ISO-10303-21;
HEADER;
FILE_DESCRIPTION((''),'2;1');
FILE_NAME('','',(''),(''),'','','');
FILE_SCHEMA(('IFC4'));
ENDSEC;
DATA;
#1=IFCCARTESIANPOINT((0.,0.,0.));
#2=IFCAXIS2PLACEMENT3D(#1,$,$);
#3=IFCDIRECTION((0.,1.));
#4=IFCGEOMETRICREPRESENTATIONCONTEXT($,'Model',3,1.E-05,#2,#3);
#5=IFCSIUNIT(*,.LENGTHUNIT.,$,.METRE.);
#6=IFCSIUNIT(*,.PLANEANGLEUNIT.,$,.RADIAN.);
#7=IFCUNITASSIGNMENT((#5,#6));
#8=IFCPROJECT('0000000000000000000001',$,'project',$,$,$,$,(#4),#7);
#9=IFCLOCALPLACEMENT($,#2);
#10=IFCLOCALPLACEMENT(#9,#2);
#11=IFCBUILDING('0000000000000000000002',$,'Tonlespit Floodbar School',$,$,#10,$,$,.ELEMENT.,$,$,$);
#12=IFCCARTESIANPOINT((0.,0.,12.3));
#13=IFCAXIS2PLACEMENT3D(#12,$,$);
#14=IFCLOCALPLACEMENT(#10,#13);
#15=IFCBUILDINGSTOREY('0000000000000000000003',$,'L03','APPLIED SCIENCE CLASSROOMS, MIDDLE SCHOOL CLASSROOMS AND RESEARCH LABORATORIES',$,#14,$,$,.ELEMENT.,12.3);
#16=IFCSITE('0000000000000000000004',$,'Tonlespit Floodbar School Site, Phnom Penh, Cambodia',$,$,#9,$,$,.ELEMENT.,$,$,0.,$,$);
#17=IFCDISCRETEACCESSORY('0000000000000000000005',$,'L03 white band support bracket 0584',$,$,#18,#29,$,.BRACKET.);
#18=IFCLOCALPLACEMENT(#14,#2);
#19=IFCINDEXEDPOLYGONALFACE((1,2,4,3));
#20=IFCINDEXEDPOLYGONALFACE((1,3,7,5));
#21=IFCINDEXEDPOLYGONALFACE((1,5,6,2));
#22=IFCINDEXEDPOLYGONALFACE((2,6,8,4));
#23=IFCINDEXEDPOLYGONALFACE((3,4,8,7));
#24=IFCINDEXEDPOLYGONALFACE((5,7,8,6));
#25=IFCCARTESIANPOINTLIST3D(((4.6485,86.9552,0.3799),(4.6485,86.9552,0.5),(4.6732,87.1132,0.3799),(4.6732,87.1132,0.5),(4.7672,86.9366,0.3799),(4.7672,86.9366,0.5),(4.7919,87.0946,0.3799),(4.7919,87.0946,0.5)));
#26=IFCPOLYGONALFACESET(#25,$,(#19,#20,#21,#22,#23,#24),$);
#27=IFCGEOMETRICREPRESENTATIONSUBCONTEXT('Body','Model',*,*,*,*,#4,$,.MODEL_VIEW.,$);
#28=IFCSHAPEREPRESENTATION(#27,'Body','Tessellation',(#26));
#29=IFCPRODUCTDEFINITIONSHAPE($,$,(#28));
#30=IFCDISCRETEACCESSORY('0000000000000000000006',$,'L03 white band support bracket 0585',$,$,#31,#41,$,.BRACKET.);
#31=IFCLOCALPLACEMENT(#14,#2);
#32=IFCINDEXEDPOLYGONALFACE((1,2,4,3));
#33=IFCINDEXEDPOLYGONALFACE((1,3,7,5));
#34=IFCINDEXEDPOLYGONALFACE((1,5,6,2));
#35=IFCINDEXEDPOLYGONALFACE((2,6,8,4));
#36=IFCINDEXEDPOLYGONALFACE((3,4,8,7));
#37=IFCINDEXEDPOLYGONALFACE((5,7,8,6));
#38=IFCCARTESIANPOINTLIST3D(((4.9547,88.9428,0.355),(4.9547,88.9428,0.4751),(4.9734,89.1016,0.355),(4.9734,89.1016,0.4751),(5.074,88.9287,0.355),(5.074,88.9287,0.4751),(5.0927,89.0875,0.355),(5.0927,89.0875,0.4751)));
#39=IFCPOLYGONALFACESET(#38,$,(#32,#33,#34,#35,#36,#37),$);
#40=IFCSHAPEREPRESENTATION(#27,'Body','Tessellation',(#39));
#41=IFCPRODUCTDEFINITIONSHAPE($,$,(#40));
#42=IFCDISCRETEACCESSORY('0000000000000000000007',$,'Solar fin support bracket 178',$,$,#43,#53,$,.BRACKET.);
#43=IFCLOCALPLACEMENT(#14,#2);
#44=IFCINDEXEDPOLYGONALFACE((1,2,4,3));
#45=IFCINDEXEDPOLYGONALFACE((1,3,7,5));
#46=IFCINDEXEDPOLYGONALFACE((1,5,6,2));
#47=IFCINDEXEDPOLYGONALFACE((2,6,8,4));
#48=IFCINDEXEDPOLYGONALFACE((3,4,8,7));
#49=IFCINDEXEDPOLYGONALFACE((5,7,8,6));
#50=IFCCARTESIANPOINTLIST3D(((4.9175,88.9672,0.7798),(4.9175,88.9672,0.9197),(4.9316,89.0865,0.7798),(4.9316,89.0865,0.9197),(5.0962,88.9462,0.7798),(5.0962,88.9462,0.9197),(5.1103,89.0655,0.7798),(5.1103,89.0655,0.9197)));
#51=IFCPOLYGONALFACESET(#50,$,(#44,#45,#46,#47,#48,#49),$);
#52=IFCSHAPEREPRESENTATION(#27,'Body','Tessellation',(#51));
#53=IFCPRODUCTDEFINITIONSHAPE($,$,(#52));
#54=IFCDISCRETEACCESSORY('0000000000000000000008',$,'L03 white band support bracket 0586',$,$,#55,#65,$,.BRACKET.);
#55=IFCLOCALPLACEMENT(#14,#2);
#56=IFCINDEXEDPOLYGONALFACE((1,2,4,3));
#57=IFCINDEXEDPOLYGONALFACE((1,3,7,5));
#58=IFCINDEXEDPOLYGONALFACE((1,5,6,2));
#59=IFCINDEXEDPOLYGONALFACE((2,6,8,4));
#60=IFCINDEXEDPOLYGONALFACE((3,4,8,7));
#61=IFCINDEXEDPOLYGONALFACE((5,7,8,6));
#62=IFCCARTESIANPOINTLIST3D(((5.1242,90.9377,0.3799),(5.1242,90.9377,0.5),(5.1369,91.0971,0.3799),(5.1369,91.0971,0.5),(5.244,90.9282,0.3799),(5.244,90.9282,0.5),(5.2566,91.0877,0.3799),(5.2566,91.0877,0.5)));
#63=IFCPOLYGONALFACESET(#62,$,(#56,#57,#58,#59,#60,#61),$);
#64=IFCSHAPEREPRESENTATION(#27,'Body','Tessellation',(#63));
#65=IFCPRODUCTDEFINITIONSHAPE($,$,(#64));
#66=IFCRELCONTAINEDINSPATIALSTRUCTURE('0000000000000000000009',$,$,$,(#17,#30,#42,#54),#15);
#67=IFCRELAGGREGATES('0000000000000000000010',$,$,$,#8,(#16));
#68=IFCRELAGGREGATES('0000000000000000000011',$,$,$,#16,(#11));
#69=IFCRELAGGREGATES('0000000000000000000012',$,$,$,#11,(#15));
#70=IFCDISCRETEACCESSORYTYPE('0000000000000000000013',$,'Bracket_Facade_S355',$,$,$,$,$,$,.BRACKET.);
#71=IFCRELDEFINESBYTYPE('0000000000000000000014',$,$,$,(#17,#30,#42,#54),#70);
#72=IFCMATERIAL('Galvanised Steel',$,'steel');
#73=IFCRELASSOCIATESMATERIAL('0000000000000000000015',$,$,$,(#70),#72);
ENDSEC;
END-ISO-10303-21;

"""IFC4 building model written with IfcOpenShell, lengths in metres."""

from ifc_helpers import new_model, si_unit, direction, frame, origin, origin_2d, place, context, subcontext, project, spatial, rectangle, extrude, material, type_object, element, save


model = new_model("IFC4")

# Units and contexts
model_context = context("Model", 3, precision=1e-05, world=origin(), true_north=direction((0.0, 1.0)))
body_context = subcontext(model_context, "Body", "Model", "MODEL_VIEW")
ifc_project = project(units=[si_unit("LENGTHUNIT", "METRE"), si_unit("PLANEANGLEUNIT", "RADIAN")], contexts=[model_context])

# Site, building, storey
site_placement = place(None, origin())
site = spatial("IfcSite", under=ifc_project, at=site_placement, Name="Tonlespit Floodbar School Site, Phnom Penh, Cambodia", CompositionType="ELEMENT", RefElevation=0.0)
building_placement = place(site_placement, origin())
building = spatial("IfcBuilding", under=site, at=building_placement, Name="Tonlespit Floodbar School", CompositionType="ELEMENT")
storey_placement = place(building_placement, frame((0.0, 0.0, 12.3)))
storey = spatial("IfcBuildingStorey", under=building, at=storey_placement, Name="L03", Description="APPLIED SCIENCE CLASSROOMS, MIDDLE SCHOOL CLASSROOMS AND RESEARCH LABORATORIES", CompositionType="ELEMENT", Elevation=12.3)

# Discrete accessories
ifc_material_1 = material(Name="Galvanised Steel", Category="steel")
discrete_accessory_type = type_object("IfcDiscreteAccessoryType", Name="Bracket_Facade_S355", PredefinedType="BRACKET", material=ifc_material_1)
for number, where, z_axis, x_axis, name in (
    (1, (4.7202, 87.0249, 0.3799), (0.0, 0.0, 1.0), (0.154714, 0.987959, 0.0), "L03 white band support bracket 0584"),
    (2, (5.0237, 89.0151, 0.355), (0.0, 0.0, 1.0), (0.116991, 0.993133, 0.0), "L03 white band support bracket 0585"),
):
    element("IfcDiscreteAccessory", number, at=place(storey_placement, frame(where, z_axis=z_axis, x_axis=x_axis)), inside=storey, type_object=discrete_accessory_type, Name=name, PredefinedType="BRACKET", context=body_context, shape_type="SweptSolid", body=[
        extrude(rectangle(XDim=0.1599, YDim=0.1201, at=origin_2d()), origin(), (0.0, 0.0, 1.0), 0.1201),
    ])
discrete_accessory_1_placement = place(storey_placement, frame((5.0139, 89.0164, 0.7798), z_axis=(0.0, 0.0, 1.0), x_axis=(0.116991, 0.993133, 0.0)))
element("IfcDiscreteAccessory", 3, at=discrete_accessory_1_placement, inside=storey, type_object=discrete_accessory_type, Name="Solar fin support bracket 178", PredefinedType="BRACKET", context=body_context, shape_type="SweptSolid", body=[
    extrude(rectangle(XDim=0.1201, YDim=0.1799, at=origin_2d()), origin(), (0.0, 0.0, 1.0), 0.1399),
])
discrete_accessory_2_placement = place(storey_placement, frame((5.1904, 91.0127, 0.3799), z_axis=(0.0, 0.0, 1.0), x_axis=(0.079002, 0.996874, 0.0)))
element("IfcDiscreteAccessory", 4, at=discrete_accessory_2_placement, inside=storey, type_object=discrete_accessory_type, Name="L03 white band support bracket 0586", PredefinedType="BRACKET", context=body_context, shape_type="SweptSolid", body=[
    extrude(rectangle(XDim=0.1599, YDim=0.1201, at=origin_2d()), origin(), (0.0, 0.0, 1.0), 0.1201),
])

save(model, "model.ifc")
